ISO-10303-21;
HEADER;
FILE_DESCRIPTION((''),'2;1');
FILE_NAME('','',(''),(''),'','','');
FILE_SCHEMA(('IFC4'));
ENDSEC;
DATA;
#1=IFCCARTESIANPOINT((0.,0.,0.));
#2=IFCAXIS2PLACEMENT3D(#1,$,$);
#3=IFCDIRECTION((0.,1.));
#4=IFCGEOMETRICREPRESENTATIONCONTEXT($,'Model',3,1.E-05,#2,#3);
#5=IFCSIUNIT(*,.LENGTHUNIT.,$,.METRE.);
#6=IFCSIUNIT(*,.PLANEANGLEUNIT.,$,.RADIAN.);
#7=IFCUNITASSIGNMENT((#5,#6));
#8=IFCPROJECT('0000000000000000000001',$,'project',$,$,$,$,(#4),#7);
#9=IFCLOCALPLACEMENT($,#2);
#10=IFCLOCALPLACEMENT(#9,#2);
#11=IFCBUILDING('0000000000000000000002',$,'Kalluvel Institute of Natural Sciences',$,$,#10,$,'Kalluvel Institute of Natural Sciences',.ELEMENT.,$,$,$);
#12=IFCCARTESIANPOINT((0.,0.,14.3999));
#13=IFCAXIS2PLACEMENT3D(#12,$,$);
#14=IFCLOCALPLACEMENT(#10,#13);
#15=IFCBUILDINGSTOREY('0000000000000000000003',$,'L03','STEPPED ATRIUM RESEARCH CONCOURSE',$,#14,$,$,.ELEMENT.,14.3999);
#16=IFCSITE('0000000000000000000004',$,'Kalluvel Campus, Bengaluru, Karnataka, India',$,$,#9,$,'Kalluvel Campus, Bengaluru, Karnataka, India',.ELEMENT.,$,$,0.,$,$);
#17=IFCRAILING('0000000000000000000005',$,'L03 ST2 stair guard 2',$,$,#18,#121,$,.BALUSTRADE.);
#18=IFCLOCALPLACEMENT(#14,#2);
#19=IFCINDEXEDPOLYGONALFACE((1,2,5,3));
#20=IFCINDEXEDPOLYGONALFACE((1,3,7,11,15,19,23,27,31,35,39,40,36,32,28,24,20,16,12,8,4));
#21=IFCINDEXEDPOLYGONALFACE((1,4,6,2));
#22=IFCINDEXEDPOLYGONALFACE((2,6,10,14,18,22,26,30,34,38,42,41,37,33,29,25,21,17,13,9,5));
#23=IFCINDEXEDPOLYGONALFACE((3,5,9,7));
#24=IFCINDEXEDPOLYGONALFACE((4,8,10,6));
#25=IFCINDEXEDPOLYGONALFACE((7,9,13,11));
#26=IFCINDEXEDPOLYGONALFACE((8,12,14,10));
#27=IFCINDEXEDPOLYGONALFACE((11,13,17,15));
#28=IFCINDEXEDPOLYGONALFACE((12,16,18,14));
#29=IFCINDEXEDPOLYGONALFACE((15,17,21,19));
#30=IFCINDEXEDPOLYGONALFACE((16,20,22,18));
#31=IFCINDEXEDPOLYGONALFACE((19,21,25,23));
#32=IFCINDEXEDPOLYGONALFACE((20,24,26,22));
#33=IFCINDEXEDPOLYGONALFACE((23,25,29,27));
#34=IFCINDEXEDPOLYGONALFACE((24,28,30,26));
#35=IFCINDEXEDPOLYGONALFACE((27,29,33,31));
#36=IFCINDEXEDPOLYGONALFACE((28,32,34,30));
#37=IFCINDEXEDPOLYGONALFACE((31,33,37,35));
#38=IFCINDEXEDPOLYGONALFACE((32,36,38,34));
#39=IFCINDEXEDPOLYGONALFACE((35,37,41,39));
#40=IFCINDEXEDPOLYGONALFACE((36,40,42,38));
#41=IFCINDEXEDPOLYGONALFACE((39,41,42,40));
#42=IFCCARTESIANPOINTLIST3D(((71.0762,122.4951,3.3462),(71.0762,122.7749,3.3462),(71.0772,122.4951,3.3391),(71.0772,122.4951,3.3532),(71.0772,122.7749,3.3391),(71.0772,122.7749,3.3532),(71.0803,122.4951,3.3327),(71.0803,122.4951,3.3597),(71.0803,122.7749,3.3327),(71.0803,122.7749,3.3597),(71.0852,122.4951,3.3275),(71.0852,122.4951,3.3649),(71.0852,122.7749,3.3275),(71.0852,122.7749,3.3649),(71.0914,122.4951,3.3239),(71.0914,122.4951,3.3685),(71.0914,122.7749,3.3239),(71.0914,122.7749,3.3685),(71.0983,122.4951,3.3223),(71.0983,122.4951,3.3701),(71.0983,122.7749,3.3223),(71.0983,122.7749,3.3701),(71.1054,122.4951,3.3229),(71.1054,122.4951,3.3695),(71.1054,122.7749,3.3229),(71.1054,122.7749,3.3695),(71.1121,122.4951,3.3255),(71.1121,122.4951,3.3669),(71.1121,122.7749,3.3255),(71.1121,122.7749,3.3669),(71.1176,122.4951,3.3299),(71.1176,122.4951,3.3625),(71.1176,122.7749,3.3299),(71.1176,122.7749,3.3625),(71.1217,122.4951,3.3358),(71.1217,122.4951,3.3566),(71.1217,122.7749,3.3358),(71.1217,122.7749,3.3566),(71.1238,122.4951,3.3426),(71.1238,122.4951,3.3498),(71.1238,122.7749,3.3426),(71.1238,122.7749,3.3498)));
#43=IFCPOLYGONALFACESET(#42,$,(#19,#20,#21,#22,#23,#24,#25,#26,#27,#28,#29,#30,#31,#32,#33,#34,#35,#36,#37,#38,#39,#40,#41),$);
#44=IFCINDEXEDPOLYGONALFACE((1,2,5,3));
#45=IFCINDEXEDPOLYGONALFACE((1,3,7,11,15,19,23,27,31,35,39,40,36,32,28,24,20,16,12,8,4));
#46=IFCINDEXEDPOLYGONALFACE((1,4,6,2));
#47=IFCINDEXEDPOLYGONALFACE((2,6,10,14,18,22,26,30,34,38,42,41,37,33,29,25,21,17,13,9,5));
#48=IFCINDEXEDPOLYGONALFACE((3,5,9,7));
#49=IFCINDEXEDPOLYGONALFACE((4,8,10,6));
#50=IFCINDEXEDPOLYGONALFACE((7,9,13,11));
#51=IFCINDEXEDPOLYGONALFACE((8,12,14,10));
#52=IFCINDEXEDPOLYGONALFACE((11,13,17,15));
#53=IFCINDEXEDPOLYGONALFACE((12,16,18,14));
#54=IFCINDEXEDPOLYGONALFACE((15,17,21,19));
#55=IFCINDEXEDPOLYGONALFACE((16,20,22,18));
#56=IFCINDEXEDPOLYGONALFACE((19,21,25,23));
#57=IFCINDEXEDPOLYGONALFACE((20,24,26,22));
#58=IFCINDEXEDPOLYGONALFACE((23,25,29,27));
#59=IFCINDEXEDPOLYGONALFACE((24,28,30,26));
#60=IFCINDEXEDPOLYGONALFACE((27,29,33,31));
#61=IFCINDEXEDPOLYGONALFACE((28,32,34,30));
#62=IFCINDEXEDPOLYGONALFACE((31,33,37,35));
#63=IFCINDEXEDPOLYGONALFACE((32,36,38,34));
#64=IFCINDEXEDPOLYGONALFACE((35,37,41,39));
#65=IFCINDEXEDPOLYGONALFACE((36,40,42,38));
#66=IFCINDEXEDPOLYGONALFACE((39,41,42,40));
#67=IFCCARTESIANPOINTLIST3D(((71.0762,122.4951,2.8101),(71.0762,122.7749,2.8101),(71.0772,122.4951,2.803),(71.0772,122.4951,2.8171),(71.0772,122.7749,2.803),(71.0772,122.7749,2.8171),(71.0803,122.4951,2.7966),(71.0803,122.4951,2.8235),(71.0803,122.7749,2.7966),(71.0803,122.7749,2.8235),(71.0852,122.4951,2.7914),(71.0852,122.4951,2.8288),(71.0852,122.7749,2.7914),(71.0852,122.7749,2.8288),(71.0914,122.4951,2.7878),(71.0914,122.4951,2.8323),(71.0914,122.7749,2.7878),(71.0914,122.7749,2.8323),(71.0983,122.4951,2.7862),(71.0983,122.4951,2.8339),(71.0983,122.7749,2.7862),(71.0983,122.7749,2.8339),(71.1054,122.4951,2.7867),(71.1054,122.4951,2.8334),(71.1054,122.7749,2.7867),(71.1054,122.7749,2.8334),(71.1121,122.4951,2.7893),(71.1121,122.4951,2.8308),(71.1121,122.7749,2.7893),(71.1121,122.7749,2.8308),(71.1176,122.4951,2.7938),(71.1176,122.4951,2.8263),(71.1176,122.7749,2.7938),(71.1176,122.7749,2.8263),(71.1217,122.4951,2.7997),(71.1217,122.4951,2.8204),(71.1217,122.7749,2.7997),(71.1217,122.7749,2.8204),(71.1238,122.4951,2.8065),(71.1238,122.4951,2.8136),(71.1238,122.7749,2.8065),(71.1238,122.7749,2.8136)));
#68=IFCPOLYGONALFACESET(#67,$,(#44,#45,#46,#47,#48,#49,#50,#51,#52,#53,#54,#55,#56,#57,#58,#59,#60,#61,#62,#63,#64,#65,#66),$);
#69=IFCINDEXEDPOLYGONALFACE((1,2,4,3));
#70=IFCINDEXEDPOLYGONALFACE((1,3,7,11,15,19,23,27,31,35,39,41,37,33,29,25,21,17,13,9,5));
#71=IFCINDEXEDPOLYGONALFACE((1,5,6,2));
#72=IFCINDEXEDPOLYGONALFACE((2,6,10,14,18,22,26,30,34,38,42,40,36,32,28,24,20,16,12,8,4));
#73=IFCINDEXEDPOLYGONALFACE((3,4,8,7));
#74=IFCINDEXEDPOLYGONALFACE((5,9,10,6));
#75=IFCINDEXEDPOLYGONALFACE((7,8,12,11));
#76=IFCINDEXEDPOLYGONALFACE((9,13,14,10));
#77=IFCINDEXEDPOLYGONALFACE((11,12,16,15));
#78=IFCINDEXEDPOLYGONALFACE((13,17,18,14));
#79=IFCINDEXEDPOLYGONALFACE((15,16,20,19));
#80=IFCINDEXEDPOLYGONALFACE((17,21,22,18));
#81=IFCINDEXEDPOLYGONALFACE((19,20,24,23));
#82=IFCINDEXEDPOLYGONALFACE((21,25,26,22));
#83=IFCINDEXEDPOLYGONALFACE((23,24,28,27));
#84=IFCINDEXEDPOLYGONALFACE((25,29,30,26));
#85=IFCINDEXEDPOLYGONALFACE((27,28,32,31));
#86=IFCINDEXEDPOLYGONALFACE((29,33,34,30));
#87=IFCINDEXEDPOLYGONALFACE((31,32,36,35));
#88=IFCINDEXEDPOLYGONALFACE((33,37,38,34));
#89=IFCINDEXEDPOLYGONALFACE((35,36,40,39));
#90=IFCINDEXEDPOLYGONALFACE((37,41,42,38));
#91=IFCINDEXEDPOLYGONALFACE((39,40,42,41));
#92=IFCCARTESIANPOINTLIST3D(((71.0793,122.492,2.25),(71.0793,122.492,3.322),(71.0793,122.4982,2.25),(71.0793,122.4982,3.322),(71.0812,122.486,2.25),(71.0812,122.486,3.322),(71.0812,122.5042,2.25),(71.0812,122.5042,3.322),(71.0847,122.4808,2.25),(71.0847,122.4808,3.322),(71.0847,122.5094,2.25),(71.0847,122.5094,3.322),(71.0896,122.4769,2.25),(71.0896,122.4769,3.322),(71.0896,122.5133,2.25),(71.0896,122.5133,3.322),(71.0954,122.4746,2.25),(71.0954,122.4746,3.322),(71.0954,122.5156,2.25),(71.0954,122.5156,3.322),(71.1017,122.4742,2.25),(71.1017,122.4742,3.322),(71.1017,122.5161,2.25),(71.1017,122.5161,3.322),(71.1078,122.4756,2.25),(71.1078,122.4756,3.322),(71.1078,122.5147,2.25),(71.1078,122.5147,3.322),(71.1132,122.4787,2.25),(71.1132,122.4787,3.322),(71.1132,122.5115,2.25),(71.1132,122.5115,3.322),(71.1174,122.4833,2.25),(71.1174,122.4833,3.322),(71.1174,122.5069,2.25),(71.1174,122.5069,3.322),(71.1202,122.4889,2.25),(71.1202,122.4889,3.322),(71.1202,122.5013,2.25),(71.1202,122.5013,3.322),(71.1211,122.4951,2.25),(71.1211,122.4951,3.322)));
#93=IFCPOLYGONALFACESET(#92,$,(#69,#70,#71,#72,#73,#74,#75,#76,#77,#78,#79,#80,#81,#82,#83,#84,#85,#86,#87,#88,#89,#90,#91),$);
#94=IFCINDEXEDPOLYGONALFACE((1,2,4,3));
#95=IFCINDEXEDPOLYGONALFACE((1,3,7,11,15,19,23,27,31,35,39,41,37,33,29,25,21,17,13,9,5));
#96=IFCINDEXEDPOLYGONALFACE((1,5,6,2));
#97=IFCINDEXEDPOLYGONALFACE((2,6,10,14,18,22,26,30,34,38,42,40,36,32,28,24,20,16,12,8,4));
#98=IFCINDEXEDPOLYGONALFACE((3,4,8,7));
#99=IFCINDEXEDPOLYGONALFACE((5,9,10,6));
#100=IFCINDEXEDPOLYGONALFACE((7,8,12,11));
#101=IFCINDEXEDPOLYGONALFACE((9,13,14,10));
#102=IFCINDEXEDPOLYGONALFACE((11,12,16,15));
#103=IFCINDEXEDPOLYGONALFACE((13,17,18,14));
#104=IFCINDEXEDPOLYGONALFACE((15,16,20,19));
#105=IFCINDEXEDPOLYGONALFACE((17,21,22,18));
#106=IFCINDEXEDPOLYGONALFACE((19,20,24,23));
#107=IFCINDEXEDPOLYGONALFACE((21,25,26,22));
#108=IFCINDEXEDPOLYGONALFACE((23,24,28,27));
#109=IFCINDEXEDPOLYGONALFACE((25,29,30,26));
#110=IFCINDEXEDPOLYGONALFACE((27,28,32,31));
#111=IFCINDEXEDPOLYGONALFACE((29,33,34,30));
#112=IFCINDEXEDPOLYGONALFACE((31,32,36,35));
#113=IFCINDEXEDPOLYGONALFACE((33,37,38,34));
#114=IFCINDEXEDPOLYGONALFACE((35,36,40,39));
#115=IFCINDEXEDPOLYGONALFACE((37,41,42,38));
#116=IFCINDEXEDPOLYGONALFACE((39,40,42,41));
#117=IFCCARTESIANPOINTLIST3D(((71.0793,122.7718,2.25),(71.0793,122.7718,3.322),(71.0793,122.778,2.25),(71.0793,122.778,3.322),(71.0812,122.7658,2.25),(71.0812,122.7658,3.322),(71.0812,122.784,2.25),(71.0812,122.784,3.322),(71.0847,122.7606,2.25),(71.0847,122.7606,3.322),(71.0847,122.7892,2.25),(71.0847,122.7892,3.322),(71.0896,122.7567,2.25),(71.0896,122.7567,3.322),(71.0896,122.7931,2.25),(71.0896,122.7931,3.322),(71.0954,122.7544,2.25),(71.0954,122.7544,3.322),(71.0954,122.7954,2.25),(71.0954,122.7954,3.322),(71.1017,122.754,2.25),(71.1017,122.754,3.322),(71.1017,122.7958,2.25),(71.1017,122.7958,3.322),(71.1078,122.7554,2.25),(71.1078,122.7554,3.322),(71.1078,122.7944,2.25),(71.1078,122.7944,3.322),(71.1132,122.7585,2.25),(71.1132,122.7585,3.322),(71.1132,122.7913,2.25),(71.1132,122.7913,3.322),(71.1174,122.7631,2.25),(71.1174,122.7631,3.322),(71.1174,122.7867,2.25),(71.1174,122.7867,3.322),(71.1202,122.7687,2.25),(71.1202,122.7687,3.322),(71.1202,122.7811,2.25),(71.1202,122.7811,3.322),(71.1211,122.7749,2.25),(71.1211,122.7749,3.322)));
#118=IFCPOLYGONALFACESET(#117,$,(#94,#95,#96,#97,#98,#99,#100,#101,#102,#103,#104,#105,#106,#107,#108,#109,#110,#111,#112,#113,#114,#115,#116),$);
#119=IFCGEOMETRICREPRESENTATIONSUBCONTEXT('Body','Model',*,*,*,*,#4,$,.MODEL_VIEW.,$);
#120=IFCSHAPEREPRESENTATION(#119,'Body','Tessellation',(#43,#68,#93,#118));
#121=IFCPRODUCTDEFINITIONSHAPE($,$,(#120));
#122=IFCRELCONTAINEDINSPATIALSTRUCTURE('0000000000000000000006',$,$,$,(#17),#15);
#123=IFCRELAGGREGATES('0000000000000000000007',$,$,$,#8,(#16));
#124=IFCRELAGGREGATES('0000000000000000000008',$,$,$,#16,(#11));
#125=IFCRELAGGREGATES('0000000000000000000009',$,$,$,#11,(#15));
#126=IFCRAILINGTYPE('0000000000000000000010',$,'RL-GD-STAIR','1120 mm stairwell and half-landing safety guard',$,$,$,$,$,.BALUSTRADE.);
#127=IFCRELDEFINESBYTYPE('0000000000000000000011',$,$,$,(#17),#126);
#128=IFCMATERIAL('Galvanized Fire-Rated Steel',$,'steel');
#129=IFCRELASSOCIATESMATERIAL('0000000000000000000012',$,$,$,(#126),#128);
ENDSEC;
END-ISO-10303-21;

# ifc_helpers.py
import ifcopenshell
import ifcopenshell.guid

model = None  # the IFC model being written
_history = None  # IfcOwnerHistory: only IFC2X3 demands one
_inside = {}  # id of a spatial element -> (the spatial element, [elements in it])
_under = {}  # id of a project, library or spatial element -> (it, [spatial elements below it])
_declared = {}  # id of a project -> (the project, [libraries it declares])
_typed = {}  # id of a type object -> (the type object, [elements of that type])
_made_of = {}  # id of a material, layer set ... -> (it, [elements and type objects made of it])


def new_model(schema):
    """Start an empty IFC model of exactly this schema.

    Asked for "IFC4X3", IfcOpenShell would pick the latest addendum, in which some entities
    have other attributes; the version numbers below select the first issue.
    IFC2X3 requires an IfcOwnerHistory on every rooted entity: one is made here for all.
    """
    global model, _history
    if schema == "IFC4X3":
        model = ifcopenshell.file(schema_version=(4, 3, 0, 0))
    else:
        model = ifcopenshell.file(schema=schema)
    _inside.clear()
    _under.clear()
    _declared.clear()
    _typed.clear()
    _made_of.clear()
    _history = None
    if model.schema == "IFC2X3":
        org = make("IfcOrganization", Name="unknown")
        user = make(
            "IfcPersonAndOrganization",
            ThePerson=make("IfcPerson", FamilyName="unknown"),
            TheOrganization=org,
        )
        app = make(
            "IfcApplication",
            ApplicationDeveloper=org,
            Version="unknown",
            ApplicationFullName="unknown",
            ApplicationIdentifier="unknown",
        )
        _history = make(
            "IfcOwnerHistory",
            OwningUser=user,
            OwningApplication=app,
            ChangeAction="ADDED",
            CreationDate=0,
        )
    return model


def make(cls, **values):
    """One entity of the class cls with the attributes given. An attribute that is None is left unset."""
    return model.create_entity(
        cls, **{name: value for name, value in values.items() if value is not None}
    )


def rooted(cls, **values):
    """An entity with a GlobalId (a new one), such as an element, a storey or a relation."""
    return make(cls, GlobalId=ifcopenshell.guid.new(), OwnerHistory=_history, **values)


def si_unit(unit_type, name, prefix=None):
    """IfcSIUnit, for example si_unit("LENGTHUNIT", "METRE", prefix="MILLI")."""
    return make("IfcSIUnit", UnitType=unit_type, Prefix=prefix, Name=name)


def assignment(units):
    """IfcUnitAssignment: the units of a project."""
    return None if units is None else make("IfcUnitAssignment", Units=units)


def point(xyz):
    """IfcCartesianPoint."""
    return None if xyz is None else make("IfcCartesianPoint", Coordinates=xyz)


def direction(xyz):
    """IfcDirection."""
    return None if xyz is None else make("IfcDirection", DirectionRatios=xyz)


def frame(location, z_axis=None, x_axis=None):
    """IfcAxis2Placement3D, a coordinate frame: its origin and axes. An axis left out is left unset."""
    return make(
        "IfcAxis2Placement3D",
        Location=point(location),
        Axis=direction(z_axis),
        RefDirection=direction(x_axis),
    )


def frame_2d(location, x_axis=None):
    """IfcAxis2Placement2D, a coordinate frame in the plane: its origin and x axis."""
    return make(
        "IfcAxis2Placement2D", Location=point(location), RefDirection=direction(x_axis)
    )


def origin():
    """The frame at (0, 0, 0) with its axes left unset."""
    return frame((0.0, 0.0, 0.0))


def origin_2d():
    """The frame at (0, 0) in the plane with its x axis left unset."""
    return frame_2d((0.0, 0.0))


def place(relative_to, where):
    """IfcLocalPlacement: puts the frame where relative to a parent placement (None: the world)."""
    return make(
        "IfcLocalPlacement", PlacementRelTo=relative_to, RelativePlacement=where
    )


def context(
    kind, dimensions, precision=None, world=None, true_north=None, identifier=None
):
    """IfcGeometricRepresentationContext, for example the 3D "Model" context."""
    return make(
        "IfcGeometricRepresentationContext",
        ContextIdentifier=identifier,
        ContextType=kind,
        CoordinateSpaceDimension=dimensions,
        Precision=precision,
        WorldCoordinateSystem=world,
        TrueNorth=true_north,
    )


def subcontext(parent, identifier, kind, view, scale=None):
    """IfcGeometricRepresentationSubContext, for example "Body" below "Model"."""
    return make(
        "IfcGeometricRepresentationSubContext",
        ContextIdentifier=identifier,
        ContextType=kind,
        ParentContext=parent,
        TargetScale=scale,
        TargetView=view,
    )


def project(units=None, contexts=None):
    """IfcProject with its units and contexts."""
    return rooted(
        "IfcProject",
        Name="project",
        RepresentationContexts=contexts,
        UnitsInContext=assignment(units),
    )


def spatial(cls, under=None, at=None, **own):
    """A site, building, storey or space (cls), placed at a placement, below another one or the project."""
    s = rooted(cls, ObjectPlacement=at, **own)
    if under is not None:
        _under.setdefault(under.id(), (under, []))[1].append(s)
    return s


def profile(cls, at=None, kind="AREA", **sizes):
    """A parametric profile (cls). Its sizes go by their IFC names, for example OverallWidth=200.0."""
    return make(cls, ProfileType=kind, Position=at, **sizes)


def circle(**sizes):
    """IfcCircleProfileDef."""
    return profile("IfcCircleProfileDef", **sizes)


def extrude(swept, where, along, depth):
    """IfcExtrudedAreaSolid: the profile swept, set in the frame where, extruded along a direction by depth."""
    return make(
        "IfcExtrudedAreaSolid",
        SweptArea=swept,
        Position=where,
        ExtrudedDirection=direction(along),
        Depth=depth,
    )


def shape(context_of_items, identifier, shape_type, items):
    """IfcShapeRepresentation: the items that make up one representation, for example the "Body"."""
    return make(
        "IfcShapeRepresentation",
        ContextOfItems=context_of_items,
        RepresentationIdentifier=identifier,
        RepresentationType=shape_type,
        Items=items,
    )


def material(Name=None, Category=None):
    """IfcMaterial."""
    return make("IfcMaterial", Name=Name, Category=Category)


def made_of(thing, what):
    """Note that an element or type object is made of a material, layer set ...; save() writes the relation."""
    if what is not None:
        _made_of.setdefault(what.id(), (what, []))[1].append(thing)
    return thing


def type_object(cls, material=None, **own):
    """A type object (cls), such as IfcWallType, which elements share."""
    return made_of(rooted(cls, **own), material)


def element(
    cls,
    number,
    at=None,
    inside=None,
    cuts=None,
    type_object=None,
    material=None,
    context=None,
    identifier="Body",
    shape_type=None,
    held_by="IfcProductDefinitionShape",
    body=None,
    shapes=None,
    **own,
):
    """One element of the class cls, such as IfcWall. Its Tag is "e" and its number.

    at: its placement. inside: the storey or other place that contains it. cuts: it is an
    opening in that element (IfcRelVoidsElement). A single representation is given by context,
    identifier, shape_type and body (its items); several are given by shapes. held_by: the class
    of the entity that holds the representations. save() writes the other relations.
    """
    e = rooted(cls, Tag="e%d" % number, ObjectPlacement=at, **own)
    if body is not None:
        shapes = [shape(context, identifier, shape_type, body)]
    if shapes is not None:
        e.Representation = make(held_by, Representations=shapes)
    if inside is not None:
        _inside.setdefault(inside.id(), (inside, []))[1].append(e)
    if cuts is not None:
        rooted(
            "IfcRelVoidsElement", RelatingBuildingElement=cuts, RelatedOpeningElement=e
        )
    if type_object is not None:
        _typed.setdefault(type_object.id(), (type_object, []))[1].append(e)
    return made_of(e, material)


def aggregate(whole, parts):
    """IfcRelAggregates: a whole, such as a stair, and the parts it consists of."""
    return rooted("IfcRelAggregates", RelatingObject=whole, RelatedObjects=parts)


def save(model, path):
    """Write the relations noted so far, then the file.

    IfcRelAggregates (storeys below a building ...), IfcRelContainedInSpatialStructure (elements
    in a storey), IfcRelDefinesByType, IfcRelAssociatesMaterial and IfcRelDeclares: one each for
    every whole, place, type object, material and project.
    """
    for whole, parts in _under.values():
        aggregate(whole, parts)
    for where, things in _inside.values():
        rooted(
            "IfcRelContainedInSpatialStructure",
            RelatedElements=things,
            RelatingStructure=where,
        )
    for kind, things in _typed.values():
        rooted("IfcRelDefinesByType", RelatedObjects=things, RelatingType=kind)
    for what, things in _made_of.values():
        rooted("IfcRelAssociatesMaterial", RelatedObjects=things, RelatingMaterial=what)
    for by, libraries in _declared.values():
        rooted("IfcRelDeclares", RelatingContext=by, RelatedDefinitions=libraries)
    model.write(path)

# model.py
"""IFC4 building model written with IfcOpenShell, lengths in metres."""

from ifc_helpers import new_model, si_unit, direction, frame, origin, origin_2d, place, context, subcontext, project, spatial, circle, extrude, material, type_object, element, save


model = new_model("IFC4")

# Units and contexts
model_context = context("Model", 3, precision=1e-05, world=origin(), true_north=direction((0.0, 1.0)))
body_context = subcontext(model_context, "Body", "Model", "MODEL_VIEW")
ifc_project = project(units=[si_unit("LENGTHUNIT", "METRE"), si_unit("PLANEANGLEUNIT", "RADIAN")], contexts=[model_context])

# Site, building, storey
site_placement = place(None, origin())
site = spatial("IfcSite", under=ifc_project, at=site_placement, Name="Kalluvel Campus, Bengaluru, Karnataka, India", LongName="Kalluvel Campus, Bengaluru, Karnataka, India", CompositionType="ELEMENT", RefElevation=0.0)
building_placement = place(site_placement, origin())
building = spatial("IfcBuilding", under=site, at=building_placement, Name="Kalluvel Institute of Natural Sciences", LongName="Kalluvel Institute of Natural Sciences", CompositionType="ELEMENT")
storey_placement = place(building_placement, frame((0.0, 0.0, 14.3999)))
storey = spatial("IfcBuildingStorey", under=building, at=storey_placement, Name="L03", Description="STEPPED ATRIUM RESEARCH CONCOURSE", CompositionType="ELEMENT", Elevation=14.3999)

# Railing
ifc_material_1 = material(Name="Galvanized Fire-Rated Steel", Category="steel")
railing_type_1 = type_object("IfcRailingType", Name="RL-GD-STAIR", Description="1120 mm stairwell and half-landing safety guard", PredefinedType="BALUSTRADE", material=ifc_material_1)
railing_1_placement = place(storey_placement, frame((71.1001, 122.4951, 2.25)))
element("IfcRailing", 1, at=railing_1_placement, inside=storey, type_object=railing_type_1, Name="L03 ST2 stair guard 2", PredefinedType="BALUSTRADE", context=body_context, shape_type="SweptSolid", body=[
    extrude(circle(Radius=0.0239, at=origin_2d()), frame((0.0, 0.0, 1.0962), z_axis=(0.0, 1.0, 0.0), x_axis=(-1.0, 0.0, 0.0)), (0.0, 0.0, 1.0), 0.2798),
    extrude(circle(Radius=0.0239, at=origin_2d()), frame((0.0, 0.0, 0.5601), z_axis=(0.0, 1.0, 0.0), x_axis=(-1.0, 0.0, 0.0)), (0.0, 0.0, 1.0), 0.2798),
    extrude(circle(Radius=0.021, at=origin_2d()), origin(), (0.0, 0.0, 1.0), 1.072),
    extrude(circle(Radius=0.021, at=origin_2d()), frame((0.0, 0.2798, 0.0)), (0.0, 0.0, 1.0), 1.072),
])

save(model, "model.ifc")
